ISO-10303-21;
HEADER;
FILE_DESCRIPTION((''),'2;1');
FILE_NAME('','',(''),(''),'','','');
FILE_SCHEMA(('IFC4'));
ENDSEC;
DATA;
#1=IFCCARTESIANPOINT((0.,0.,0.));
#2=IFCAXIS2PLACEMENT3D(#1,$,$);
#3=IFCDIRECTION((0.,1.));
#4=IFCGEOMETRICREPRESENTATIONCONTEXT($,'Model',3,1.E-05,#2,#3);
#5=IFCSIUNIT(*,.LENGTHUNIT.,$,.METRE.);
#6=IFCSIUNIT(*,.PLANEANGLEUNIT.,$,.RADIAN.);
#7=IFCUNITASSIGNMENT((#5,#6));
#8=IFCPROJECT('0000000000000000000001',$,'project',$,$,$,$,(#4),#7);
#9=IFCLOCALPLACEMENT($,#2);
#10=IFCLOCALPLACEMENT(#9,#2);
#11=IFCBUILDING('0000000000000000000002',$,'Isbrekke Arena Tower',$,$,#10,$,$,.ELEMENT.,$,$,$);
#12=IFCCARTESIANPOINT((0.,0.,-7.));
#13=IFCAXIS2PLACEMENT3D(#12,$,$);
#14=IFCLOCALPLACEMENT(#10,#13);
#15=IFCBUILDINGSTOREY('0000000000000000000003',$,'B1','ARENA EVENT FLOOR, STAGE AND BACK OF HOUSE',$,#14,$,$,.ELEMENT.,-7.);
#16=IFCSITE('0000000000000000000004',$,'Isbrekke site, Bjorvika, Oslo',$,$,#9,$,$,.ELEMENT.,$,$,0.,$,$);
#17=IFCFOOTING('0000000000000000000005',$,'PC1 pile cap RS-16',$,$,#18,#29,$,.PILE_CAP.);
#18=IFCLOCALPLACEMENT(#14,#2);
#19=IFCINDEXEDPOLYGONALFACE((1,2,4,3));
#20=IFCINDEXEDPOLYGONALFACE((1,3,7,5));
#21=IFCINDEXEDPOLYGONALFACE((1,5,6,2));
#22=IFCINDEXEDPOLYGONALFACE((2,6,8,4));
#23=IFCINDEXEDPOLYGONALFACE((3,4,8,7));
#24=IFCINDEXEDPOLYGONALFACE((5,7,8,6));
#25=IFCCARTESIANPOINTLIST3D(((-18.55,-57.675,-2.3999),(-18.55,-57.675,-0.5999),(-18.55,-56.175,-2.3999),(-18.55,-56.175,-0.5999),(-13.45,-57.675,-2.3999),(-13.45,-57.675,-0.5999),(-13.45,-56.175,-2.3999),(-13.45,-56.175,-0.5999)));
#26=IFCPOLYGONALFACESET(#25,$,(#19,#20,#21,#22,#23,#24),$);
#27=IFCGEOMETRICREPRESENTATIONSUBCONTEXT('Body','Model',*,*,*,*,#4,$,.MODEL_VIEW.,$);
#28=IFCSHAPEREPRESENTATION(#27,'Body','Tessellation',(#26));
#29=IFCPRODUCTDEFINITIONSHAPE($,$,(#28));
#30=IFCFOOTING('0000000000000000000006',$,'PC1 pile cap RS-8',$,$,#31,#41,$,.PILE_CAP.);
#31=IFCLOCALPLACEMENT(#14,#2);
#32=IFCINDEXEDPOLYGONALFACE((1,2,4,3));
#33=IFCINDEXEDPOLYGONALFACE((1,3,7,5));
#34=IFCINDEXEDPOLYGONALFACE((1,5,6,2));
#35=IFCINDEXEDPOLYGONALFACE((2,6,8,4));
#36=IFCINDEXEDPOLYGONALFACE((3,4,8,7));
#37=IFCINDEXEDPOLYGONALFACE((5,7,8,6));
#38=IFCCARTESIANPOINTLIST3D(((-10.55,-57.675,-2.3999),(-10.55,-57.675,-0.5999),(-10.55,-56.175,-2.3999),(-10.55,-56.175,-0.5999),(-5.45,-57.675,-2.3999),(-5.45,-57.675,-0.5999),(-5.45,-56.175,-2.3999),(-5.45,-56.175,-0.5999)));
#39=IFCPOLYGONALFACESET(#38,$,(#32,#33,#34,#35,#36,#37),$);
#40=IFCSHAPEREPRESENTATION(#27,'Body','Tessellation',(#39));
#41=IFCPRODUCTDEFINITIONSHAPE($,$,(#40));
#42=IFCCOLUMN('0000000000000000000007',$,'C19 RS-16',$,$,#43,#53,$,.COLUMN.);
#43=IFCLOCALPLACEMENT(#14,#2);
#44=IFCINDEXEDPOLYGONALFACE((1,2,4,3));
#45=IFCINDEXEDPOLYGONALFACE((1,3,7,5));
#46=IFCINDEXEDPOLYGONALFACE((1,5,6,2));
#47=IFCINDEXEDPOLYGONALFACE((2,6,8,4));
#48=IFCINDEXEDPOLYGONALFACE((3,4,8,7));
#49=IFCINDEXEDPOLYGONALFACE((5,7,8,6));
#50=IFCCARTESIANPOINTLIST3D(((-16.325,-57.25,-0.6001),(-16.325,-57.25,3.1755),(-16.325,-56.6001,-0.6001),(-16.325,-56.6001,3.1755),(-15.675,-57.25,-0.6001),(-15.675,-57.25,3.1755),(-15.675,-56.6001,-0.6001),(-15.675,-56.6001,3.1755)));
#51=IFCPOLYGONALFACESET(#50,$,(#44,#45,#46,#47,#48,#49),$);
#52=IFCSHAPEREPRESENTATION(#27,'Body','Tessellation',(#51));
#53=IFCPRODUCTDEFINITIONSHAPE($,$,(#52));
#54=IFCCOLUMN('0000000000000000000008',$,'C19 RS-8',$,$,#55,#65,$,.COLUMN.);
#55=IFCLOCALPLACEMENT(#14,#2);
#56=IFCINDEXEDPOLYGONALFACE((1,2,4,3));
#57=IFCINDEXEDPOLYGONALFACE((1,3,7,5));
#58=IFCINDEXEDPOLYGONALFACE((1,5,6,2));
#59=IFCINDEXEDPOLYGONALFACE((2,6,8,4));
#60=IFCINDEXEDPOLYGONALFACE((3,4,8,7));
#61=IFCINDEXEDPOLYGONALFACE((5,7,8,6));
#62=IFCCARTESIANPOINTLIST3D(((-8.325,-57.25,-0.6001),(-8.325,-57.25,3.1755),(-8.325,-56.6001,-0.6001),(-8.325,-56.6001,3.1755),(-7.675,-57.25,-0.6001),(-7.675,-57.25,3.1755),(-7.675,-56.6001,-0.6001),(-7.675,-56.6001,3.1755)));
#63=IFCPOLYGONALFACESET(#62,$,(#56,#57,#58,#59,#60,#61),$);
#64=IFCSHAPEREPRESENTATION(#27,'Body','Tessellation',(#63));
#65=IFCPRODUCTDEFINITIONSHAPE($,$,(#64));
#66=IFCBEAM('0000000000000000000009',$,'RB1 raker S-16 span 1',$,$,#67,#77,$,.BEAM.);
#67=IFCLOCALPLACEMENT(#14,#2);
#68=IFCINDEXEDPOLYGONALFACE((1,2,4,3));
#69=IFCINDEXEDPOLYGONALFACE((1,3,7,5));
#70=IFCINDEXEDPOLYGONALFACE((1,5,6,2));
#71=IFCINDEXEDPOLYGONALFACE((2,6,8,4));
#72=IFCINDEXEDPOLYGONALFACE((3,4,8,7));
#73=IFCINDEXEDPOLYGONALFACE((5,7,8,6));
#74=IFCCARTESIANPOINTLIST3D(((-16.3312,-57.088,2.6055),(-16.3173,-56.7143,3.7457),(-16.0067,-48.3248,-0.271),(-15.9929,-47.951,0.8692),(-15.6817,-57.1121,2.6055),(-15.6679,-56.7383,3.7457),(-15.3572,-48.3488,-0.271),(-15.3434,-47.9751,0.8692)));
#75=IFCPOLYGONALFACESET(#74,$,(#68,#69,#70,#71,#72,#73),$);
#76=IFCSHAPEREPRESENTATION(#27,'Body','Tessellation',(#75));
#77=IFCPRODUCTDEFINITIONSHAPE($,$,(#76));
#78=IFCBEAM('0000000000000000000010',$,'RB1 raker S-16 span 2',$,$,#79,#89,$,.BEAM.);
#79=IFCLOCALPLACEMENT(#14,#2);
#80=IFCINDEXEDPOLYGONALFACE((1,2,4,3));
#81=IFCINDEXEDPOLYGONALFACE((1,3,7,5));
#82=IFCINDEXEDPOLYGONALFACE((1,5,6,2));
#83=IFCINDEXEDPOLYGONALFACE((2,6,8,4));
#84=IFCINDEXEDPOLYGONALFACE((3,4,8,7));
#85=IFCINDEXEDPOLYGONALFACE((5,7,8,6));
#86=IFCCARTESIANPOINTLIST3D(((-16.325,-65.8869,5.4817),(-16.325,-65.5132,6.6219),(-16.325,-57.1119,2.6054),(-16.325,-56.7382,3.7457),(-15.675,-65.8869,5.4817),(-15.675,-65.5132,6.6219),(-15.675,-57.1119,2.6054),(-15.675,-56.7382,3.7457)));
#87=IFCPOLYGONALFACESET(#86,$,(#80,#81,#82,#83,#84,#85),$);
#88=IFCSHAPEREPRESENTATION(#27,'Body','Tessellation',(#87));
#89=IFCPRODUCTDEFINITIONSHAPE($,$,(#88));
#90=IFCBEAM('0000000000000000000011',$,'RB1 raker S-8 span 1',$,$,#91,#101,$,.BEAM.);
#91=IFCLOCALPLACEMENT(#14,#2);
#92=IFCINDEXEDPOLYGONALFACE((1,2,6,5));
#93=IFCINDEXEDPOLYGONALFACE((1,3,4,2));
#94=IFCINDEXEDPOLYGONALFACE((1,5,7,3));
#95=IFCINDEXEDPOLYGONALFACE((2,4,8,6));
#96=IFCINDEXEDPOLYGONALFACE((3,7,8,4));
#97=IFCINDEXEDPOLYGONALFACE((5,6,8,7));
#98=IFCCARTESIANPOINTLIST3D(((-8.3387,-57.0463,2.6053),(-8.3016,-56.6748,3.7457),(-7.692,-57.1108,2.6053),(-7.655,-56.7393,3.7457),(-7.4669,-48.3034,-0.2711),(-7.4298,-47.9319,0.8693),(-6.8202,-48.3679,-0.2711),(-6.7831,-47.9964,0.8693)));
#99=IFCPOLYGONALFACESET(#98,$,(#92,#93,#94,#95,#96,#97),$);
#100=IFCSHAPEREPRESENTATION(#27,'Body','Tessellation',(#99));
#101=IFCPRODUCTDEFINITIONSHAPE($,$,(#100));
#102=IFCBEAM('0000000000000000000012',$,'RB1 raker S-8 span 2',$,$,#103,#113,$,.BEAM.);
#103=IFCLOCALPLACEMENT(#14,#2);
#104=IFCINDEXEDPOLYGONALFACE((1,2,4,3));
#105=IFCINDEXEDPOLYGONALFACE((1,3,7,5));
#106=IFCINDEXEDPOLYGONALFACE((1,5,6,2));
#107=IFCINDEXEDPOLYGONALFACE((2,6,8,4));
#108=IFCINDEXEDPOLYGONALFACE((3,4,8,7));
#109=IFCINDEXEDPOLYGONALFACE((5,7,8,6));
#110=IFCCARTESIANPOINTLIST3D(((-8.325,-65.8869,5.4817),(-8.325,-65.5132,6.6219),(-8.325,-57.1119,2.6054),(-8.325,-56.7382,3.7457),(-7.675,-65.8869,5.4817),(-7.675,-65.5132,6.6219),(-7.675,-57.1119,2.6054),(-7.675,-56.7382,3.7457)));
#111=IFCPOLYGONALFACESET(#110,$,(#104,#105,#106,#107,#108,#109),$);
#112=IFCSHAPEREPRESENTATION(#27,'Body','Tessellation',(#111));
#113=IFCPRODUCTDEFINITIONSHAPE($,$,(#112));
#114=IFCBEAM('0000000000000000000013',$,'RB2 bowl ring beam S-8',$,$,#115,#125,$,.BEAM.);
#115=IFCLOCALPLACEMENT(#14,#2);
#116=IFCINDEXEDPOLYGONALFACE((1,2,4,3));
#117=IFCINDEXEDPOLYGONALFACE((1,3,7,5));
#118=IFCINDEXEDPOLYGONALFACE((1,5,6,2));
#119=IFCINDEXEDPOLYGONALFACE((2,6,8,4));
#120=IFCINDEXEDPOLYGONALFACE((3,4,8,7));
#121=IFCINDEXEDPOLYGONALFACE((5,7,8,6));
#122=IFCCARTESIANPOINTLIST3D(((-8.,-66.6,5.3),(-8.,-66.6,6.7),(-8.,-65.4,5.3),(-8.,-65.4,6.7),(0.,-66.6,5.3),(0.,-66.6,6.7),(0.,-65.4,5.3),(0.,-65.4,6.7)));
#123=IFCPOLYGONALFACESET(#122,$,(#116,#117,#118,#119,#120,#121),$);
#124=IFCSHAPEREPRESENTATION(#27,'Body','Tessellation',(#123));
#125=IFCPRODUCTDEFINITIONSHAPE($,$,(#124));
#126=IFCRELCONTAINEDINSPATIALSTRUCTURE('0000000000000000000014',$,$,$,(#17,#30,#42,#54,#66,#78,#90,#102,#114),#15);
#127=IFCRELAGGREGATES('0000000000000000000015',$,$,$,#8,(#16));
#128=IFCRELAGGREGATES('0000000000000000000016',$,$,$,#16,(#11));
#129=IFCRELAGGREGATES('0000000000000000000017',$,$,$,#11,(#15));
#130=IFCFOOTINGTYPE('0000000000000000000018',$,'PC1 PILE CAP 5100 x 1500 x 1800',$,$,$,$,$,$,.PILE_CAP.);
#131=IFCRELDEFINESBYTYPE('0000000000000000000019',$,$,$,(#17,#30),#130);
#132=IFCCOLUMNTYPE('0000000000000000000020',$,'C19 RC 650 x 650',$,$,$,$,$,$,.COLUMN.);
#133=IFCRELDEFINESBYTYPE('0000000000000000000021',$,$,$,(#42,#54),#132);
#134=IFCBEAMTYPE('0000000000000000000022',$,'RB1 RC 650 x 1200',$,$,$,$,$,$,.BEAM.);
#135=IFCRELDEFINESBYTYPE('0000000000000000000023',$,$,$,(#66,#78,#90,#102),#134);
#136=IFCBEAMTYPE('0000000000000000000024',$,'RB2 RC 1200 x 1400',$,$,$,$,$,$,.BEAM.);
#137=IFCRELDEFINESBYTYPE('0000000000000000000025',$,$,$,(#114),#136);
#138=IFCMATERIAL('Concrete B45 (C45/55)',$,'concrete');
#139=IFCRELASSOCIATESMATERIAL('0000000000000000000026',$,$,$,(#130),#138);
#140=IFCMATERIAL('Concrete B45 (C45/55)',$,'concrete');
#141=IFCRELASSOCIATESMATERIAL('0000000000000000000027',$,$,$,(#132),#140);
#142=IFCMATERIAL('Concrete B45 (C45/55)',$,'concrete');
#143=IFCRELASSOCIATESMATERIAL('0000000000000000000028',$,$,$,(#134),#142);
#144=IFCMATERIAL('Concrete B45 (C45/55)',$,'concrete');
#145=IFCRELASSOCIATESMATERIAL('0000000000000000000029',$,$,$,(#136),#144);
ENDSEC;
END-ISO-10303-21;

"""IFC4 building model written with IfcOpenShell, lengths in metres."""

from ifc_helpers import new_model, si_unit, direction, frame, origin, origin_2d, place, context, subcontext, project, spatial, rectangle, extrude, material, material_profile, profile_set, type_object, element, save


model = new_model("IFC4")

# Units and contexts
model_context = context("Model", 3, precision=1e-05, world=origin(), true_north=direction((0.0, 1.0)))
body_context = subcontext(model_context, "Body", "Model", "MODEL_VIEW")
ifc_project = project(units=[si_unit("LENGTHUNIT", "METRE"), si_unit("PLANEANGLEUNIT", "RADIAN")], contexts=[model_context])

# Site, building, storey
site_placement = place(None, origin())
site = spatial("IfcSite", under=ifc_project, at=site_placement, Name="Isbrekke site, Bjorvika, Oslo", CompositionType="ELEMENT", RefElevation=0.0)
building_placement = place(site_placement, origin())
building = spatial("IfcBuilding", under=site, at=building_placement, Name="Isbrekke Arena Tower", CompositionType="ELEMENT")
storey_placement = place(building_placement, frame((0.0, 0.0, -7.0)))
storey = spatial("IfcBuildingStorey", under=building, at=storey_placement, Name="B1", Description="ARENA EVENT FLOOR, STAGE AND BACK OF HOUSE", CompositionType="ELEMENT", Elevation=-7.0)

# Footings
ifc_material_1 = material(Name="Concrete B45 (C45/55)", Category="concrete")
footing_type = type_object("IfcFootingType", Name="PC1 PILE CAP 5100 x 1500 x 1800", PredefinedType="PILE_CAP", material=ifc_material_1)
for number, where, z_axis, x_axis, name in (
    (1, (-16.0, -56.925, -2.3999), (0.0, 0.0, 1.0), (1.0, 0.0, 0.0), "PC1 pile cap RS-16"),
    (2, (-8.0, -56.925, -2.3999), (0.0, 0.0, 1.0), (1.0, 0.0, 0.0), "PC1 pile cap RS-8"),
):
    element("IfcFooting", number, at=place(storey_placement, frame(where, z_axis=z_axis, x_axis=x_axis)), inside=storey, type_object=footing_type, Name=name, PredefinedType="PILE_CAP", context=body_context, shape_type="SweptSolid", body=[
        extrude(rectangle(XDim=5.1001, YDim=1.5, at=origin_2d()), origin(), (0.0, 0.0, 1.0), 1.8),
    ])

# Columns
ifc_material_2 = material(Name="Concrete B45 (C45/55)", Category="concrete")
ifc_material_profile_1 = material_profile(ifc_material_2, rectangle(XDim=0.6499, YDim=0.6499, at=origin_2d()), Name="RC 650x650")
ifc_profile_set_1 = profile_set([ifc_material_profile_1], Name="Concrete B45 (C45/55)")
column_type = type_object("IfcColumnType", Name="C19 RC 650 x 650", PredefinedType="COLUMN", material=ifc_profile_set_1)
for number, where, z_axis, x_axis, name in (
    (3, (-16.0, -56.925, -0.6001), (0.0, 0.0, 1.0), (1.0, 0.0, 0.0), "C19 RS-16"),
    (4, (-8.0, -56.925, -0.6001), (0.0, 0.0, 1.0), (1.0, 0.0, 0.0), "C19 RS-8"),
):
    element("IfcColumn", number, at=place(storey_placement, frame(where, z_axis=z_axis, x_axis=x_axis)), inside=storey, type_object=column_type, Name=name, PredefinedType="COLUMN", context=body_context, shape_type="SweptSolid", body=[
        extrude(rectangle(XDim=0.6499, YDim=0.6499, at=origin_2d()), origin(), (0.0, 0.0, 1.0), 3.7756),
    ])

# Beams
ifc_material_3 = material(Name="Concrete B45 (C45/55)", Category="concrete")
ifc_material_profile_2 = material_profile(ifc_material_3, rectangle(XDim=0.6499, YDim=1.2, at=origin_2d()), Name="RC 650x1200")
ifc_profile_set_2 = profile_set([ifc_material_profile_2], Name="Concrete B45 (C45/55)")
beam_type_1 = type_object("IfcBeamType", Name="RB1 RC 650 x 1200", PredefinedType="BEAM", material=ifc_profile_set_2)
beam_1_placement = place(storey_placement, frame((-15.675, -48.1499, 0.2991), z_axis=(-0.035157, -0.949537, 0.31168), x_axis=(0.999315, -0.037, 0.0)))
element("IfcBeam", 5, at=beam_1_placement, inside=storey, type_object=beam_type_1, Name="RB1 raker S-16 span 1", PredefinedType="BEAM", context=body_context, shape_type="SweptSolid", body=[
    extrude(rectangle(XDim=0.6499, YDim=1.2, at=origin_2d()), origin(), (0.0, 0.0, 1.0), 9.229),
])
beam_2_placement = place(storey_placement, frame((-16.0, -56.925, 3.1755), z_axis=(0.0, -0.950255, 0.311473), x_axis=(1.0, 0.0, 0.0)))
element("IfcBeam", 6, at=beam_2_placement, inside=storey, type_object=beam_type_1, Name="RB1 raker S-16 span 2", PredefinedType="BEAM", context=body_context, shape_type="SweptSolid", body=[
    extrude(rectangle(XDim=0.6499, YDim=1.2, at=origin_2d()), origin(), (0.0, 0.0, 1.0), 9.2344),
])
beam_3_placement = place(storey_placement, frame((-7.125, -48.1499, 0.2991), z_axis=(-0.094301, -0.945676, 0.311132), x_axis=(0.995065, -0.099226, 0.0)))
element("IfcBeam", 7, at=beam_3_placement, inside=storey, type_object=beam_type_1, Name="RB1 raker S-8 span 1", PredefinedType="BEAM", context=body_context, shape_type="SweptSolid", body=[
    extrude(rectangle(XDim=0.6499, YDim=1.2, at=origin_2d()), origin(), (0.0, 0.0, 1.0), 9.2451),
])
beam_4_placement = place(storey_placement, frame((-8.0, -56.925, 3.1755), z_axis=(0.0, -0.950255, 0.311473), x_axis=(1.0, 0.0, 0.0)))
element("IfcBeam", 8, at=beam_4_placement, inside=storey, type_object=beam_type_1, Name="RB1 raker S-8 span 2", PredefinedType="BEAM", context=body_context, shape_type="SweptSolid", body=[
    extrude(rectangle(XDim=0.6499, YDim=1.2, at=origin_2d()), origin(), (0.0, 0.0, 1.0), 9.2344),
])
ifc_material_4 = material(Name="Concrete B45 (C45/55)", Category="concrete")
ifc_material_profile_3 = material_profile(ifc_material_4, rectangle(XDim=1.2, YDim=1.3999, at=origin_2d()), Name="RC 1200x1400")
ifc_profile_set_3 = profile_set([ifc_material_profile_3], Name="Concrete B45 (C45/55)")
beam_type_2 = type_object("IfcBeamType", Name="RB2 RC 1200 x 1400", PredefinedType="BEAM", material=ifc_profile_set_3)
beam_5_placement = place(storey_placement, frame((-8.0, -66.0, 6.0), z_axis=(1.0, 0.0, 0.0), x_axis=(0.0, 1.0, 0.0)))
element("IfcBeam", 9, at=beam_5_placement, inside=storey, type_object=beam_type_2, Name="RB2 bowl ring beam S-8", PredefinedType="BEAM", context=body_context, shape_type="SweptSolid", body=[
    extrude(rectangle(XDim=1.2, YDim=1.3999, at=origin_2d()), origin(), (0.0, 0.0, 1.0), 8.0),
])

save(model, "model.ifc")
